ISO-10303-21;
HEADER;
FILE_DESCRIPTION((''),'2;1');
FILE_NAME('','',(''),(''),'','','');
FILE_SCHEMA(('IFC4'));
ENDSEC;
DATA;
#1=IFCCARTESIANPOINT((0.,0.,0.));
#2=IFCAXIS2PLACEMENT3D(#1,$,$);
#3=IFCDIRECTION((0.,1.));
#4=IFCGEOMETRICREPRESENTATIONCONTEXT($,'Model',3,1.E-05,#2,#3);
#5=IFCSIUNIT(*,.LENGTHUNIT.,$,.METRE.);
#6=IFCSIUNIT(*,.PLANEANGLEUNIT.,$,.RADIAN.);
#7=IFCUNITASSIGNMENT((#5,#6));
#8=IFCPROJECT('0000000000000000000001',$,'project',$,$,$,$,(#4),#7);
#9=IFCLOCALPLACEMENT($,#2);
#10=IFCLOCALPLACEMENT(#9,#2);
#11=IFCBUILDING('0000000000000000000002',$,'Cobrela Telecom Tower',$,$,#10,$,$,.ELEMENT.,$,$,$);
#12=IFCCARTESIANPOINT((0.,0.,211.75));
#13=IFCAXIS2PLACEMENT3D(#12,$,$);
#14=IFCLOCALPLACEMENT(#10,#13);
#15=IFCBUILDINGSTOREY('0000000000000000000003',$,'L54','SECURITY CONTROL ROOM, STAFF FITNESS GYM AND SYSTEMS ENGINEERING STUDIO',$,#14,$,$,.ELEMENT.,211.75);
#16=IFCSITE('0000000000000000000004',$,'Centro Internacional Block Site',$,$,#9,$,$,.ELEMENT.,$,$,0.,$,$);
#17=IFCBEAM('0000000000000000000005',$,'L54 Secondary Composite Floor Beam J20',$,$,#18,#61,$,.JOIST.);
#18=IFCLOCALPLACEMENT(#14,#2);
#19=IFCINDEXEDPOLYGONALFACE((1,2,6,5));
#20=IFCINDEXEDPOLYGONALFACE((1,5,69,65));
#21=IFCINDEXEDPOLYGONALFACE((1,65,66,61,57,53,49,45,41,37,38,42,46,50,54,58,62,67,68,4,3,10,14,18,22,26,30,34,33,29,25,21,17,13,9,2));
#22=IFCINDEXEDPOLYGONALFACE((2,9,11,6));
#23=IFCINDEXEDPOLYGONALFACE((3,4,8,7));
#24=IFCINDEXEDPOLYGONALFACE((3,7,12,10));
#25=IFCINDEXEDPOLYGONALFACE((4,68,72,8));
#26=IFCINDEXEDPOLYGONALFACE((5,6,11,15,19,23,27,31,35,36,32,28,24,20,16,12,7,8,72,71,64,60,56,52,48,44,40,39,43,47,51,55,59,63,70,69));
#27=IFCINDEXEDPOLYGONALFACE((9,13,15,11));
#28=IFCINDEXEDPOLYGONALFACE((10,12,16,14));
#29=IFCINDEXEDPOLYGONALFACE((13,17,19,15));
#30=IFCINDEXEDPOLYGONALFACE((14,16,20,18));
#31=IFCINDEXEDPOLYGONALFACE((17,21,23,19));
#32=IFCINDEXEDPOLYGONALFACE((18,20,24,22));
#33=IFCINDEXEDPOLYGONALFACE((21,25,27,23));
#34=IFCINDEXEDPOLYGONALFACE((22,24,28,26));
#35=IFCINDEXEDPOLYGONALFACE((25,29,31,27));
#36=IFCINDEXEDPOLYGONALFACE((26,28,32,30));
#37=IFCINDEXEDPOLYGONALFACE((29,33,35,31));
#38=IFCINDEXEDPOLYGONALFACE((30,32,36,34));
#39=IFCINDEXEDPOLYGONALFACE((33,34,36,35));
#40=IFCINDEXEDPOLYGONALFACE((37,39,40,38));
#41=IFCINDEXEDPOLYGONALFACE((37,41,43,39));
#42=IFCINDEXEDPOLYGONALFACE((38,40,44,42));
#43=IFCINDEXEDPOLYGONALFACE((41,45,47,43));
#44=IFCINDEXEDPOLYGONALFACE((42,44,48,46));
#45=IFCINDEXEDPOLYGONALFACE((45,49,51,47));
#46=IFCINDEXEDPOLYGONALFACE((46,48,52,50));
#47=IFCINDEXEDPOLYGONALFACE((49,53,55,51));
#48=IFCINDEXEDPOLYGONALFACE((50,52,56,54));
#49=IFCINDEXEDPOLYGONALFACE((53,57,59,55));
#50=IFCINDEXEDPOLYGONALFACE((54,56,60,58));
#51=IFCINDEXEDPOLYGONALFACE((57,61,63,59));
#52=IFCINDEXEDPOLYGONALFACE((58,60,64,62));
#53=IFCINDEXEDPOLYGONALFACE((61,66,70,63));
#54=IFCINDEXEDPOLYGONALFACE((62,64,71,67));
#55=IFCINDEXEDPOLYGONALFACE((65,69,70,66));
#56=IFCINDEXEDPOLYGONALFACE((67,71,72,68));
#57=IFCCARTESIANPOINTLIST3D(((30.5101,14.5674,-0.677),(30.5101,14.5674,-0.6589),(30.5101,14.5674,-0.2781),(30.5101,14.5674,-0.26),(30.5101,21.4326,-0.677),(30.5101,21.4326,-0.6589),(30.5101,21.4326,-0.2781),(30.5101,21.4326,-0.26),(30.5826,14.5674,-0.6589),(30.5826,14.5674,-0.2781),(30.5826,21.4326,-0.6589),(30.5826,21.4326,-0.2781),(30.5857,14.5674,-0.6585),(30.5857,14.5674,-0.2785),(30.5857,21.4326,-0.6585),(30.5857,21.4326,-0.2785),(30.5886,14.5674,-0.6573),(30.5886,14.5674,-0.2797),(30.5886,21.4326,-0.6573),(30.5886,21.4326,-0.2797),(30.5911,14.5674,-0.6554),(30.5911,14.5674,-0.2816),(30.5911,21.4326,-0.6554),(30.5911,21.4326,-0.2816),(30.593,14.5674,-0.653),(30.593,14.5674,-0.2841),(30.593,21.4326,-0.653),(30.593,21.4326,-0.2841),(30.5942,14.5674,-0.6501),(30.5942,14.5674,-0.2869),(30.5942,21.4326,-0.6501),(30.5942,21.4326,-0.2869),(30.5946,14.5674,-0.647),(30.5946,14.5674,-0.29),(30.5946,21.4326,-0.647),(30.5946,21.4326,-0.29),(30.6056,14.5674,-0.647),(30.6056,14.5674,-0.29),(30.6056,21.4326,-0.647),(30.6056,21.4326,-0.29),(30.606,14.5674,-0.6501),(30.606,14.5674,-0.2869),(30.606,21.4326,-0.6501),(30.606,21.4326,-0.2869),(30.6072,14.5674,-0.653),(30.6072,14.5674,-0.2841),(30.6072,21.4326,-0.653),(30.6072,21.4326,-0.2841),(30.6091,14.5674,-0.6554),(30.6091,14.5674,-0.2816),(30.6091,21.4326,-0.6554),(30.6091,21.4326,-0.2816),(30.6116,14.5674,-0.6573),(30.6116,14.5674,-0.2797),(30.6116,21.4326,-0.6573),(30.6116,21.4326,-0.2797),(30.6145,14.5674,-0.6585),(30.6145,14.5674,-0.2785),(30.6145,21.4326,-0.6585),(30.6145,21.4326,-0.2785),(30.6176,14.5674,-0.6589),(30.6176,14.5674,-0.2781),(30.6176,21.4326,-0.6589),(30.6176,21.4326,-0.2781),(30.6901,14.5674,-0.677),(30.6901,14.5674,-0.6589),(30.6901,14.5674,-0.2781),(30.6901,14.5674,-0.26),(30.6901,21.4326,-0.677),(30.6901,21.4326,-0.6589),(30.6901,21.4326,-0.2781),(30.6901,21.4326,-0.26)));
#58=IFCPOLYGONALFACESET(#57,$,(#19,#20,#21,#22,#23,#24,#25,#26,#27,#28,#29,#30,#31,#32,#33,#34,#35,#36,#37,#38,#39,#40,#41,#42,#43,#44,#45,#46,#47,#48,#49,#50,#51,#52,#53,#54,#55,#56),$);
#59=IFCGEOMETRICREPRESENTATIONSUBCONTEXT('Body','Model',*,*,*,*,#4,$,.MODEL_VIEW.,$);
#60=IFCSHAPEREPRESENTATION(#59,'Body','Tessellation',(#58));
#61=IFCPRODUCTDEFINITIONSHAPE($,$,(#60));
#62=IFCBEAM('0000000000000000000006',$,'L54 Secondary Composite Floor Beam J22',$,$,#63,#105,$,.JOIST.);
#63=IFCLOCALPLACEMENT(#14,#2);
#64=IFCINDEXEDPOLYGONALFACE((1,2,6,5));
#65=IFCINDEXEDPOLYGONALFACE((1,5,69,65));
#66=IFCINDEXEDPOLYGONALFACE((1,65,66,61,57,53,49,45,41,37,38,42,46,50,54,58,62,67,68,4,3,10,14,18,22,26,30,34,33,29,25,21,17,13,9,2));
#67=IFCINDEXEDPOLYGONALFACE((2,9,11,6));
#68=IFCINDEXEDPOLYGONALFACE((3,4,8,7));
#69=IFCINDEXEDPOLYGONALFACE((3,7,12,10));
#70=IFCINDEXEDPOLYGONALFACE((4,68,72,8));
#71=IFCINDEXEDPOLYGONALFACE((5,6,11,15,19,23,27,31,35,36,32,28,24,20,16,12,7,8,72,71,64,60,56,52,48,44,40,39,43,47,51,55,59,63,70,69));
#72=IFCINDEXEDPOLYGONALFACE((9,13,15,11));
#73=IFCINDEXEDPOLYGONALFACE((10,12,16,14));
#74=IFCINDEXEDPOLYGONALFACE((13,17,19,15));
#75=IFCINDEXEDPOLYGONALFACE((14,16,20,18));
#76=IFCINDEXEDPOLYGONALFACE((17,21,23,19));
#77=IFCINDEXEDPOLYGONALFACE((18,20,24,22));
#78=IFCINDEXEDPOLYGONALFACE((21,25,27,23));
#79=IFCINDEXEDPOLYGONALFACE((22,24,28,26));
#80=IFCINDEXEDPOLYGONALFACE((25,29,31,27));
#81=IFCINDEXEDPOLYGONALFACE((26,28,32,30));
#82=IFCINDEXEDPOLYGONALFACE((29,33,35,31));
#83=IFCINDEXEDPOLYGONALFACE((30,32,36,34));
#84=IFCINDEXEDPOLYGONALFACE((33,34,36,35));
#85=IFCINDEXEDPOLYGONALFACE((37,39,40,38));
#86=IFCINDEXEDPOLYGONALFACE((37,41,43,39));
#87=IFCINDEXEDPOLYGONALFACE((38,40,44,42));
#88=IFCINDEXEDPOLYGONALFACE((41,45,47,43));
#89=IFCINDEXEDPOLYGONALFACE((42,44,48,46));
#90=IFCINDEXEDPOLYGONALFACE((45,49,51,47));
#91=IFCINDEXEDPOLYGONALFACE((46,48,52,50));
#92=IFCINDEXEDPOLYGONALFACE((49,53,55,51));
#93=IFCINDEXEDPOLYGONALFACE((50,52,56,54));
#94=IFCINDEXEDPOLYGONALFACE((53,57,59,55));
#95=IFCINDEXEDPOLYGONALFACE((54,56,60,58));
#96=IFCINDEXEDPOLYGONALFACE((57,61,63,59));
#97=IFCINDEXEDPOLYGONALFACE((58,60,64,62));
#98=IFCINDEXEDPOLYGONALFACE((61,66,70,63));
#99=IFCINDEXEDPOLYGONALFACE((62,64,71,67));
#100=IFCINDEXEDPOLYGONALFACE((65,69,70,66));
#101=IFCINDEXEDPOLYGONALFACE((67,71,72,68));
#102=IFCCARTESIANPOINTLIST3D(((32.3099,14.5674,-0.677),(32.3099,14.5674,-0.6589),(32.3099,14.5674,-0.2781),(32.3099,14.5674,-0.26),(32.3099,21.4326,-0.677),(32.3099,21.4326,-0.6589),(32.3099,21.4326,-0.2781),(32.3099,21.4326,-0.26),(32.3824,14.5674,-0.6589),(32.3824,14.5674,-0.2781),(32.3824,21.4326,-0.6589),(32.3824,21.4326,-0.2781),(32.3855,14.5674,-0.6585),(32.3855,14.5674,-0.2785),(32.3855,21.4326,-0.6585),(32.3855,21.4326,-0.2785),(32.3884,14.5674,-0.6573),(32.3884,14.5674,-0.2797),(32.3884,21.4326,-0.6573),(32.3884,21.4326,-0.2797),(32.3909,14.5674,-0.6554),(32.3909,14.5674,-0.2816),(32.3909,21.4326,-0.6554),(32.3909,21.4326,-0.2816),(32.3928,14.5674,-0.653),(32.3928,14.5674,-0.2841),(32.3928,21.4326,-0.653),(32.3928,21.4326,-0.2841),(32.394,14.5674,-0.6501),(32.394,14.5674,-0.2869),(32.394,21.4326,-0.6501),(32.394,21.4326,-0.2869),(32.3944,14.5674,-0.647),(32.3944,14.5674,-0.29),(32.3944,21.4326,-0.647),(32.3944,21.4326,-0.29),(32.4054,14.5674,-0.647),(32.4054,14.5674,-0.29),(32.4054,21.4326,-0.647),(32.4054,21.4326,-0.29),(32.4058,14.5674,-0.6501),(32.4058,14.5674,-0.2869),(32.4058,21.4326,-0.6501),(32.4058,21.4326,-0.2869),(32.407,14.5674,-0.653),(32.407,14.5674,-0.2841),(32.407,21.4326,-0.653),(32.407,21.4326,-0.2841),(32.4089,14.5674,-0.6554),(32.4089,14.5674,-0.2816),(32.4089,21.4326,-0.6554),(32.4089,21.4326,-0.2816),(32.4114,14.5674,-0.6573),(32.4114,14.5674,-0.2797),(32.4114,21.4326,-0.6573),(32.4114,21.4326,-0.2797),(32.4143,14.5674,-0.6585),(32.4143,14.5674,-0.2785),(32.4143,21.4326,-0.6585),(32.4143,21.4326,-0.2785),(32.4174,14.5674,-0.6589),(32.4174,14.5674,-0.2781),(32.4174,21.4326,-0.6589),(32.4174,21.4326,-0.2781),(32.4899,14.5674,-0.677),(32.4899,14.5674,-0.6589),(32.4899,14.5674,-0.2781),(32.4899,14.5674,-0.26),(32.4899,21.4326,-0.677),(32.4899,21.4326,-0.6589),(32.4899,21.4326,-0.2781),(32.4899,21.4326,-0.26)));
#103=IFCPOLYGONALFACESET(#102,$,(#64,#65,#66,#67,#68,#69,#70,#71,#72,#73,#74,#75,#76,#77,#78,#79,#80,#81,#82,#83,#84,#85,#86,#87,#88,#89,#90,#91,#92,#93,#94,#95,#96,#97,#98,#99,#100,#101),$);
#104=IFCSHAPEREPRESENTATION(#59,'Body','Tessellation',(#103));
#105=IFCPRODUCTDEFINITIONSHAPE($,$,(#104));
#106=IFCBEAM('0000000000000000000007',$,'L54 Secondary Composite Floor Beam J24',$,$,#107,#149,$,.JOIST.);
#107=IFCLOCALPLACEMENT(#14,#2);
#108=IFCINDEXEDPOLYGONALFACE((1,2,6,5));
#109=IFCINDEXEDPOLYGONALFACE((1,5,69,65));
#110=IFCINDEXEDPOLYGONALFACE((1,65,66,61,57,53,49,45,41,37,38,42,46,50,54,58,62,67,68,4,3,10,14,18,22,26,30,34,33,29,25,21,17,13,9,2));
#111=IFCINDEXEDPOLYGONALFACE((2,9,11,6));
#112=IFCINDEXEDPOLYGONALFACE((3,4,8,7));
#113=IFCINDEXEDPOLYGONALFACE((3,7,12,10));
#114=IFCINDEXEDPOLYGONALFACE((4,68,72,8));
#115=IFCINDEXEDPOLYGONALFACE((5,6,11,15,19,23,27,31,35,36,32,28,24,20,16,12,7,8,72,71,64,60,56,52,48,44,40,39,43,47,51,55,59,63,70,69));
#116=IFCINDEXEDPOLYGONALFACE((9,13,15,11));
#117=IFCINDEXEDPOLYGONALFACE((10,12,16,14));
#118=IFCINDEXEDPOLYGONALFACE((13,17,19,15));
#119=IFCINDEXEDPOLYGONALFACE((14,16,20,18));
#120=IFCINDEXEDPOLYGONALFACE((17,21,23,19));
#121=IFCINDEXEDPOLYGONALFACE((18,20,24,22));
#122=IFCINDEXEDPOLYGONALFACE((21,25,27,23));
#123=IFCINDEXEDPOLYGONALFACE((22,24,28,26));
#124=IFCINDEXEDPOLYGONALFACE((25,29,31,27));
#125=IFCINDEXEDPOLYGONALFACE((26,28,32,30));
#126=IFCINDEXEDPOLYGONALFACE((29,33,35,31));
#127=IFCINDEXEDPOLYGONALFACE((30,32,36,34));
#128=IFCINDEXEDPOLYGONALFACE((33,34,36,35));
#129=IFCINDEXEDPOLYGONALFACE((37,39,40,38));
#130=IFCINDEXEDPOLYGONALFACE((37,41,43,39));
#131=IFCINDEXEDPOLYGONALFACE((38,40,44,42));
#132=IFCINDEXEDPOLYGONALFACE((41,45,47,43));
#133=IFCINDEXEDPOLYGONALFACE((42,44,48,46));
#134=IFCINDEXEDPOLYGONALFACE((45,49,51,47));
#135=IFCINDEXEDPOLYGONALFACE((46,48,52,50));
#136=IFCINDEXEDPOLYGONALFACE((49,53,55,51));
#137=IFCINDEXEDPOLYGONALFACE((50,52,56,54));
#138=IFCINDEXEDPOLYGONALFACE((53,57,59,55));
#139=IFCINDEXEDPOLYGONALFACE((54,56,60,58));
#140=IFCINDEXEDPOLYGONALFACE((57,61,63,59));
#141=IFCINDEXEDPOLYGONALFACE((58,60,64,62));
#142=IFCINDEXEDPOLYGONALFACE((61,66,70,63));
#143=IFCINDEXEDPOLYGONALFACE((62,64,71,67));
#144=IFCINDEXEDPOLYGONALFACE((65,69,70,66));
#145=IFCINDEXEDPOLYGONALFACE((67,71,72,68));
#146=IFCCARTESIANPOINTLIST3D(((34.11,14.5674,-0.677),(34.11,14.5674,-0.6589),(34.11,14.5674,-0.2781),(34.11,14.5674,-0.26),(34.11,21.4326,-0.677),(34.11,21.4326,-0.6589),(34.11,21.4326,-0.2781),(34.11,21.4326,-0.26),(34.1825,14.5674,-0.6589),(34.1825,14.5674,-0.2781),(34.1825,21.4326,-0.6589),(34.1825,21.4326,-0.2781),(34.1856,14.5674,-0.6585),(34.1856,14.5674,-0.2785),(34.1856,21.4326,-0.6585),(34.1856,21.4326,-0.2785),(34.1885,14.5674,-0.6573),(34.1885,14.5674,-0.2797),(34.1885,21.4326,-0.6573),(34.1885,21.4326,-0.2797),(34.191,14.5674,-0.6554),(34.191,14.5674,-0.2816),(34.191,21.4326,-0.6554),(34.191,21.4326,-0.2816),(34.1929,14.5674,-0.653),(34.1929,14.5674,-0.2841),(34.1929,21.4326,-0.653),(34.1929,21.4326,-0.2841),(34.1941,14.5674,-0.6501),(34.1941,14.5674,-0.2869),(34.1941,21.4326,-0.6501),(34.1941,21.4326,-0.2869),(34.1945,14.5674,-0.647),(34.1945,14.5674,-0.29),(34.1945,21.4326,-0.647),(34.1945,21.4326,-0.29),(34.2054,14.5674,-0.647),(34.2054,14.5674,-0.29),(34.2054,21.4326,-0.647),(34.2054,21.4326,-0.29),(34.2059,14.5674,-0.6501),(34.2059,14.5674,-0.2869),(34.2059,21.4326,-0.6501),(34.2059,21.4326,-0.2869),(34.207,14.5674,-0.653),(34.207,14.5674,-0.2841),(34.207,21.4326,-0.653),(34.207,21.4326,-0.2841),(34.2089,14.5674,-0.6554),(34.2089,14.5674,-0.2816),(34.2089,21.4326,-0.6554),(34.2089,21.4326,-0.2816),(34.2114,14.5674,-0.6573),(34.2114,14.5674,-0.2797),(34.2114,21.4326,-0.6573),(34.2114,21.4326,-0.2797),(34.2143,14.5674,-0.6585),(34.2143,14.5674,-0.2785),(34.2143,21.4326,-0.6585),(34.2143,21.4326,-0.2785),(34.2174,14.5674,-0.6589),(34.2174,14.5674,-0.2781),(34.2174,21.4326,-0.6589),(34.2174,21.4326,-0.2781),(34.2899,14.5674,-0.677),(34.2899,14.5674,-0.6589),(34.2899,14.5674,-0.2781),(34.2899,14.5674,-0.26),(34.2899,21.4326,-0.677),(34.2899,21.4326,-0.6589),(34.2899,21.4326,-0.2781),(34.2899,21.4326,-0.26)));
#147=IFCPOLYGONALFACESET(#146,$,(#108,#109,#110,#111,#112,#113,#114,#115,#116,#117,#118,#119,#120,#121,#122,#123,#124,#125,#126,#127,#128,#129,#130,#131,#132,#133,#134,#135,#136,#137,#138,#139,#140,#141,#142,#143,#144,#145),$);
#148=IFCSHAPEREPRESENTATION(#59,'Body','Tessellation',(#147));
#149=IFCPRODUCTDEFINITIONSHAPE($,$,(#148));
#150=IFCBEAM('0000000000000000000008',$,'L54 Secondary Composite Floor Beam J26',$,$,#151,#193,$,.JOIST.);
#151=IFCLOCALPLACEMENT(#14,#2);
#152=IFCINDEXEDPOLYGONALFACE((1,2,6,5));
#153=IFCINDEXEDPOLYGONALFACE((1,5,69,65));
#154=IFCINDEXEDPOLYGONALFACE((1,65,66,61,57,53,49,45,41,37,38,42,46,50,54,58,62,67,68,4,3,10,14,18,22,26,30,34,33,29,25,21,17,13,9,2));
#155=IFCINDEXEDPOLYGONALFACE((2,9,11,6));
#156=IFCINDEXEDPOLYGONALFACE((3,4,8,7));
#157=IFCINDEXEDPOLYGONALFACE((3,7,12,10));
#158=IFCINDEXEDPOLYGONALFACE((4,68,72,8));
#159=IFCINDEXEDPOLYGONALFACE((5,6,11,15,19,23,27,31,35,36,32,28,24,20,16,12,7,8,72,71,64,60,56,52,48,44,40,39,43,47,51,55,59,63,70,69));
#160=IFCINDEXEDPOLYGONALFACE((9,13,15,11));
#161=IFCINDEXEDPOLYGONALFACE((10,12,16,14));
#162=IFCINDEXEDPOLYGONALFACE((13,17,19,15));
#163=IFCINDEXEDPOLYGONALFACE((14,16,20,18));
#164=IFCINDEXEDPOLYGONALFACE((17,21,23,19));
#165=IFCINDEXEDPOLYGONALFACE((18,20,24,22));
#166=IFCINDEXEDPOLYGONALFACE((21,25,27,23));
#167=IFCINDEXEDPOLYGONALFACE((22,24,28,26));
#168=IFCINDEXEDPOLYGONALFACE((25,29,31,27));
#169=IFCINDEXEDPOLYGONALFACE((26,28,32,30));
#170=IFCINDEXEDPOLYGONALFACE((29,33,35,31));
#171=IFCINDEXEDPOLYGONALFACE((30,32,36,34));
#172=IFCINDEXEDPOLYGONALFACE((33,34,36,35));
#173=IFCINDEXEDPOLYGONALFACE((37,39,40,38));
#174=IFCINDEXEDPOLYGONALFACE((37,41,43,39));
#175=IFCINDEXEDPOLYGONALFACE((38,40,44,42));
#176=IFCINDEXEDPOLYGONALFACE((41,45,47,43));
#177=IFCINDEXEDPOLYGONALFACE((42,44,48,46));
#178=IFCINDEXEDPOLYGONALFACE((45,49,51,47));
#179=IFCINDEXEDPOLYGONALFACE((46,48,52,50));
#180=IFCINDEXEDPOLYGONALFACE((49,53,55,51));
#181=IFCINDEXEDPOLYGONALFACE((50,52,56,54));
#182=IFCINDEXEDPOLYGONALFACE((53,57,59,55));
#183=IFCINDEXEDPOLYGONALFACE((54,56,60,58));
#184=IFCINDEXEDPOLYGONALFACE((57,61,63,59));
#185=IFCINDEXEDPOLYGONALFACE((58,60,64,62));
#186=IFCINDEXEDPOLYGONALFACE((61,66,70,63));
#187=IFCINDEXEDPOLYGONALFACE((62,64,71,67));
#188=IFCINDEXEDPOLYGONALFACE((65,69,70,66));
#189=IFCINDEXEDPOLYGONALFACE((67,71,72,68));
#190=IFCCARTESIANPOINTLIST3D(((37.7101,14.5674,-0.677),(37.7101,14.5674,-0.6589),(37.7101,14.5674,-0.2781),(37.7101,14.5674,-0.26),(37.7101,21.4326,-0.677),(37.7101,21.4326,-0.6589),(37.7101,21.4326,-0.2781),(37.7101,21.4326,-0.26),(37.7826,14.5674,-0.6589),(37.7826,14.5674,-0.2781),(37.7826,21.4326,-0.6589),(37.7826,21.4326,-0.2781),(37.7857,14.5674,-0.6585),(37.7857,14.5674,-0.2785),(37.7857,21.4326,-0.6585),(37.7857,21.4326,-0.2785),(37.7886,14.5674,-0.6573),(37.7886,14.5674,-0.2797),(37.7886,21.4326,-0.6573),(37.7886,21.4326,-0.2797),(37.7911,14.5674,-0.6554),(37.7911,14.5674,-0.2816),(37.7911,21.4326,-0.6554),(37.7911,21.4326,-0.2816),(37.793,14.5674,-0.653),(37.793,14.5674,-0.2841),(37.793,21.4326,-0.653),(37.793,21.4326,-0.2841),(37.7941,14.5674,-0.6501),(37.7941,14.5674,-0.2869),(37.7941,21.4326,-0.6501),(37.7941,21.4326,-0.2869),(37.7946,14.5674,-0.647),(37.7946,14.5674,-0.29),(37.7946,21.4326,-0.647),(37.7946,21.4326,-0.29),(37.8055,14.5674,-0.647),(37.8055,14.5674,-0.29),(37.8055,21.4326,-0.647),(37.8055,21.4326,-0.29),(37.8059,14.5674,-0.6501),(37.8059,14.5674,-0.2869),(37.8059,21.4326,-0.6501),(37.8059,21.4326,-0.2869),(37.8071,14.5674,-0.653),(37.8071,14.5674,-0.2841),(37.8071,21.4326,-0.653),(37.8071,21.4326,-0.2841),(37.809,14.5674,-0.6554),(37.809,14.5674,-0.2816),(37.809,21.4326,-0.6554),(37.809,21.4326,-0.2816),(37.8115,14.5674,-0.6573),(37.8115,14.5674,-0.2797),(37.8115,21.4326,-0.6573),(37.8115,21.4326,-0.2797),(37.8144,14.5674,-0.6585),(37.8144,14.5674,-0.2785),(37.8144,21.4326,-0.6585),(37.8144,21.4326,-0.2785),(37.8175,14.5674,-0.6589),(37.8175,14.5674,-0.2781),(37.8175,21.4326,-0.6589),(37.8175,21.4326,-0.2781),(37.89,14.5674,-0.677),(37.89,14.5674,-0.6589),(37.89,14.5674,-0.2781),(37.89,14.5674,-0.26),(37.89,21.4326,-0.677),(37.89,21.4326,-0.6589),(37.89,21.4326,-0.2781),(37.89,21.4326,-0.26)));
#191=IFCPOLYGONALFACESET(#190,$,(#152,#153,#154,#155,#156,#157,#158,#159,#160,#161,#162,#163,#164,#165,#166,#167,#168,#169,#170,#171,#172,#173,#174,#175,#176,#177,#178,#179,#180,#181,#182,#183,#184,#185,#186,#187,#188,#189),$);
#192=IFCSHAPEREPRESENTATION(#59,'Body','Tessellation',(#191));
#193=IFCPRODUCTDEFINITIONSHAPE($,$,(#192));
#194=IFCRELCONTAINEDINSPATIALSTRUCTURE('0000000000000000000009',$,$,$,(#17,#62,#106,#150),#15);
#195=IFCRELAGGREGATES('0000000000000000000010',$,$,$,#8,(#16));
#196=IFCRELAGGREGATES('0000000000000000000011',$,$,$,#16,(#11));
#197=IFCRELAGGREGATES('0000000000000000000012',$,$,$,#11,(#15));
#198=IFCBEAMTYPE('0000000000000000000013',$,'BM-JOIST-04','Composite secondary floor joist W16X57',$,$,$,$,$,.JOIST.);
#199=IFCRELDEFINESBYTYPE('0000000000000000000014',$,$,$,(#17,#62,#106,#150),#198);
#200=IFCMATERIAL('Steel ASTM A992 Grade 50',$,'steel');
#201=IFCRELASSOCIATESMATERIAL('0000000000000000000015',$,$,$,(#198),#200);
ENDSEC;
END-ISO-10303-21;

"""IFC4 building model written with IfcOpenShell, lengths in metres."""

from ifc_helpers import new_model, si_unit, direction, frame, origin, origin_2d, place, context, subcontext, project, spatial, i_section, extrude, material, material_profile, profile_set, type_object, element, save


model = new_model("IFC4")

# Units and contexts
model_context = context("Model", 3, precision=1e-05, world=origin(), true_north=direction((0.0, 1.0)))
body_context = subcontext(model_context, "Body", "Model", "MODEL_VIEW")
ifc_project = project(units=[si_unit("LENGTHUNIT", "METRE"), si_unit("PLANEANGLEUNIT", "RADIAN")], contexts=[model_context])

# Site, building, storey
site_placement = place(None, origin())
site = spatial("IfcSite", under=ifc_project, at=site_placement, Name="Centro Internacional Block Site", CompositionType="ELEMENT", RefElevation=0.0)
building_placement = place(site_placement, origin())
building = spatial("IfcBuilding", under=site, at=building_placement, Name="Cobrela Telecom Tower", CompositionType="ELEMENT")
storey_placement = place(building_placement, frame((0.0, 0.0, 211.75)))
storey = spatial("IfcBuildingStorey", under=building, at=storey_placement, Name="L54", Description="SECURITY CONTROL ROOM, STAFF FITNESS GYM AND SYSTEMS ENGINEERING STUDIO", CompositionType="ELEMENT", Elevation=211.75)

# Shared definitions
ifc_material_1 = material(Name="Steel ASTM A992 Grade 50", Category="steel")

# Beams
ifc_material_profile_1 = material_profile(ifc_material_1, i_section(OverallWidth=0.1799, OverallDepth=0.417, WebThickness=0.011, FlangeThickness=0.0181, FilletRadius=0.012, at=origin_2d()), Name="W16X57")
ifc_profile_set_1 = profile_set([ifc_material_profile_1], Name="Steel ASTM A992 Grade 50")
beam_type_1 = type_object("IfcBeamType", Name="BM-JOIST-04", Description="Composite secondary floor joist W16X57", PredefinedType="JOIST", material=ifc_profile_set_1)
for number, where, z_axis, x_axis, name in (
    (1, (30.6001, 14.5674, -0.4685), (0.0, 1.0, 0.0), (-1.0, 0.0, 0.0), "L54 Secondary Composite Floor Beam J20"),
    (2, (32.3999, 14.5674, -0.4685), (0.0, 1.0, 0.0), (-1.0, 0.0, 0.0), "L54 Secondary Composite Floor Beam J22"),
    (3, (34.2, 14.5674, -0.4685), (0.0, 1.0, 0.0), (-1.0, 0.0, 0.0), "L54 Secondary Composite Floor Beam J24"),
    (4, (37.8, 14.5674, -0.4685), (0.0, 1.0, 0.0), (-1.0, 0.0, 0.0), "L54 Secondary Composite Floor Beam J26"),
):
    element("IfcBeam", number, at=place(storey_placement, frame(where, z_axis=z_axis, x_axis=x_axis)), inside=storey, type_object=beam_type_1, Name=name, PredefinedType="JOIST", context=body_context, shape_type="SweptSolid", body=[
        extrude(i_section(OverallWidth=0.1799, OverallDepth=0.417, WebThickness=0.011, FlangeThickness=0.0181, FilletRadius=0.012, at=origin_2d()), origin(), (0.0, 0.0, 1.0), 6.8652),
    ])

save(model, "model.ifc")
